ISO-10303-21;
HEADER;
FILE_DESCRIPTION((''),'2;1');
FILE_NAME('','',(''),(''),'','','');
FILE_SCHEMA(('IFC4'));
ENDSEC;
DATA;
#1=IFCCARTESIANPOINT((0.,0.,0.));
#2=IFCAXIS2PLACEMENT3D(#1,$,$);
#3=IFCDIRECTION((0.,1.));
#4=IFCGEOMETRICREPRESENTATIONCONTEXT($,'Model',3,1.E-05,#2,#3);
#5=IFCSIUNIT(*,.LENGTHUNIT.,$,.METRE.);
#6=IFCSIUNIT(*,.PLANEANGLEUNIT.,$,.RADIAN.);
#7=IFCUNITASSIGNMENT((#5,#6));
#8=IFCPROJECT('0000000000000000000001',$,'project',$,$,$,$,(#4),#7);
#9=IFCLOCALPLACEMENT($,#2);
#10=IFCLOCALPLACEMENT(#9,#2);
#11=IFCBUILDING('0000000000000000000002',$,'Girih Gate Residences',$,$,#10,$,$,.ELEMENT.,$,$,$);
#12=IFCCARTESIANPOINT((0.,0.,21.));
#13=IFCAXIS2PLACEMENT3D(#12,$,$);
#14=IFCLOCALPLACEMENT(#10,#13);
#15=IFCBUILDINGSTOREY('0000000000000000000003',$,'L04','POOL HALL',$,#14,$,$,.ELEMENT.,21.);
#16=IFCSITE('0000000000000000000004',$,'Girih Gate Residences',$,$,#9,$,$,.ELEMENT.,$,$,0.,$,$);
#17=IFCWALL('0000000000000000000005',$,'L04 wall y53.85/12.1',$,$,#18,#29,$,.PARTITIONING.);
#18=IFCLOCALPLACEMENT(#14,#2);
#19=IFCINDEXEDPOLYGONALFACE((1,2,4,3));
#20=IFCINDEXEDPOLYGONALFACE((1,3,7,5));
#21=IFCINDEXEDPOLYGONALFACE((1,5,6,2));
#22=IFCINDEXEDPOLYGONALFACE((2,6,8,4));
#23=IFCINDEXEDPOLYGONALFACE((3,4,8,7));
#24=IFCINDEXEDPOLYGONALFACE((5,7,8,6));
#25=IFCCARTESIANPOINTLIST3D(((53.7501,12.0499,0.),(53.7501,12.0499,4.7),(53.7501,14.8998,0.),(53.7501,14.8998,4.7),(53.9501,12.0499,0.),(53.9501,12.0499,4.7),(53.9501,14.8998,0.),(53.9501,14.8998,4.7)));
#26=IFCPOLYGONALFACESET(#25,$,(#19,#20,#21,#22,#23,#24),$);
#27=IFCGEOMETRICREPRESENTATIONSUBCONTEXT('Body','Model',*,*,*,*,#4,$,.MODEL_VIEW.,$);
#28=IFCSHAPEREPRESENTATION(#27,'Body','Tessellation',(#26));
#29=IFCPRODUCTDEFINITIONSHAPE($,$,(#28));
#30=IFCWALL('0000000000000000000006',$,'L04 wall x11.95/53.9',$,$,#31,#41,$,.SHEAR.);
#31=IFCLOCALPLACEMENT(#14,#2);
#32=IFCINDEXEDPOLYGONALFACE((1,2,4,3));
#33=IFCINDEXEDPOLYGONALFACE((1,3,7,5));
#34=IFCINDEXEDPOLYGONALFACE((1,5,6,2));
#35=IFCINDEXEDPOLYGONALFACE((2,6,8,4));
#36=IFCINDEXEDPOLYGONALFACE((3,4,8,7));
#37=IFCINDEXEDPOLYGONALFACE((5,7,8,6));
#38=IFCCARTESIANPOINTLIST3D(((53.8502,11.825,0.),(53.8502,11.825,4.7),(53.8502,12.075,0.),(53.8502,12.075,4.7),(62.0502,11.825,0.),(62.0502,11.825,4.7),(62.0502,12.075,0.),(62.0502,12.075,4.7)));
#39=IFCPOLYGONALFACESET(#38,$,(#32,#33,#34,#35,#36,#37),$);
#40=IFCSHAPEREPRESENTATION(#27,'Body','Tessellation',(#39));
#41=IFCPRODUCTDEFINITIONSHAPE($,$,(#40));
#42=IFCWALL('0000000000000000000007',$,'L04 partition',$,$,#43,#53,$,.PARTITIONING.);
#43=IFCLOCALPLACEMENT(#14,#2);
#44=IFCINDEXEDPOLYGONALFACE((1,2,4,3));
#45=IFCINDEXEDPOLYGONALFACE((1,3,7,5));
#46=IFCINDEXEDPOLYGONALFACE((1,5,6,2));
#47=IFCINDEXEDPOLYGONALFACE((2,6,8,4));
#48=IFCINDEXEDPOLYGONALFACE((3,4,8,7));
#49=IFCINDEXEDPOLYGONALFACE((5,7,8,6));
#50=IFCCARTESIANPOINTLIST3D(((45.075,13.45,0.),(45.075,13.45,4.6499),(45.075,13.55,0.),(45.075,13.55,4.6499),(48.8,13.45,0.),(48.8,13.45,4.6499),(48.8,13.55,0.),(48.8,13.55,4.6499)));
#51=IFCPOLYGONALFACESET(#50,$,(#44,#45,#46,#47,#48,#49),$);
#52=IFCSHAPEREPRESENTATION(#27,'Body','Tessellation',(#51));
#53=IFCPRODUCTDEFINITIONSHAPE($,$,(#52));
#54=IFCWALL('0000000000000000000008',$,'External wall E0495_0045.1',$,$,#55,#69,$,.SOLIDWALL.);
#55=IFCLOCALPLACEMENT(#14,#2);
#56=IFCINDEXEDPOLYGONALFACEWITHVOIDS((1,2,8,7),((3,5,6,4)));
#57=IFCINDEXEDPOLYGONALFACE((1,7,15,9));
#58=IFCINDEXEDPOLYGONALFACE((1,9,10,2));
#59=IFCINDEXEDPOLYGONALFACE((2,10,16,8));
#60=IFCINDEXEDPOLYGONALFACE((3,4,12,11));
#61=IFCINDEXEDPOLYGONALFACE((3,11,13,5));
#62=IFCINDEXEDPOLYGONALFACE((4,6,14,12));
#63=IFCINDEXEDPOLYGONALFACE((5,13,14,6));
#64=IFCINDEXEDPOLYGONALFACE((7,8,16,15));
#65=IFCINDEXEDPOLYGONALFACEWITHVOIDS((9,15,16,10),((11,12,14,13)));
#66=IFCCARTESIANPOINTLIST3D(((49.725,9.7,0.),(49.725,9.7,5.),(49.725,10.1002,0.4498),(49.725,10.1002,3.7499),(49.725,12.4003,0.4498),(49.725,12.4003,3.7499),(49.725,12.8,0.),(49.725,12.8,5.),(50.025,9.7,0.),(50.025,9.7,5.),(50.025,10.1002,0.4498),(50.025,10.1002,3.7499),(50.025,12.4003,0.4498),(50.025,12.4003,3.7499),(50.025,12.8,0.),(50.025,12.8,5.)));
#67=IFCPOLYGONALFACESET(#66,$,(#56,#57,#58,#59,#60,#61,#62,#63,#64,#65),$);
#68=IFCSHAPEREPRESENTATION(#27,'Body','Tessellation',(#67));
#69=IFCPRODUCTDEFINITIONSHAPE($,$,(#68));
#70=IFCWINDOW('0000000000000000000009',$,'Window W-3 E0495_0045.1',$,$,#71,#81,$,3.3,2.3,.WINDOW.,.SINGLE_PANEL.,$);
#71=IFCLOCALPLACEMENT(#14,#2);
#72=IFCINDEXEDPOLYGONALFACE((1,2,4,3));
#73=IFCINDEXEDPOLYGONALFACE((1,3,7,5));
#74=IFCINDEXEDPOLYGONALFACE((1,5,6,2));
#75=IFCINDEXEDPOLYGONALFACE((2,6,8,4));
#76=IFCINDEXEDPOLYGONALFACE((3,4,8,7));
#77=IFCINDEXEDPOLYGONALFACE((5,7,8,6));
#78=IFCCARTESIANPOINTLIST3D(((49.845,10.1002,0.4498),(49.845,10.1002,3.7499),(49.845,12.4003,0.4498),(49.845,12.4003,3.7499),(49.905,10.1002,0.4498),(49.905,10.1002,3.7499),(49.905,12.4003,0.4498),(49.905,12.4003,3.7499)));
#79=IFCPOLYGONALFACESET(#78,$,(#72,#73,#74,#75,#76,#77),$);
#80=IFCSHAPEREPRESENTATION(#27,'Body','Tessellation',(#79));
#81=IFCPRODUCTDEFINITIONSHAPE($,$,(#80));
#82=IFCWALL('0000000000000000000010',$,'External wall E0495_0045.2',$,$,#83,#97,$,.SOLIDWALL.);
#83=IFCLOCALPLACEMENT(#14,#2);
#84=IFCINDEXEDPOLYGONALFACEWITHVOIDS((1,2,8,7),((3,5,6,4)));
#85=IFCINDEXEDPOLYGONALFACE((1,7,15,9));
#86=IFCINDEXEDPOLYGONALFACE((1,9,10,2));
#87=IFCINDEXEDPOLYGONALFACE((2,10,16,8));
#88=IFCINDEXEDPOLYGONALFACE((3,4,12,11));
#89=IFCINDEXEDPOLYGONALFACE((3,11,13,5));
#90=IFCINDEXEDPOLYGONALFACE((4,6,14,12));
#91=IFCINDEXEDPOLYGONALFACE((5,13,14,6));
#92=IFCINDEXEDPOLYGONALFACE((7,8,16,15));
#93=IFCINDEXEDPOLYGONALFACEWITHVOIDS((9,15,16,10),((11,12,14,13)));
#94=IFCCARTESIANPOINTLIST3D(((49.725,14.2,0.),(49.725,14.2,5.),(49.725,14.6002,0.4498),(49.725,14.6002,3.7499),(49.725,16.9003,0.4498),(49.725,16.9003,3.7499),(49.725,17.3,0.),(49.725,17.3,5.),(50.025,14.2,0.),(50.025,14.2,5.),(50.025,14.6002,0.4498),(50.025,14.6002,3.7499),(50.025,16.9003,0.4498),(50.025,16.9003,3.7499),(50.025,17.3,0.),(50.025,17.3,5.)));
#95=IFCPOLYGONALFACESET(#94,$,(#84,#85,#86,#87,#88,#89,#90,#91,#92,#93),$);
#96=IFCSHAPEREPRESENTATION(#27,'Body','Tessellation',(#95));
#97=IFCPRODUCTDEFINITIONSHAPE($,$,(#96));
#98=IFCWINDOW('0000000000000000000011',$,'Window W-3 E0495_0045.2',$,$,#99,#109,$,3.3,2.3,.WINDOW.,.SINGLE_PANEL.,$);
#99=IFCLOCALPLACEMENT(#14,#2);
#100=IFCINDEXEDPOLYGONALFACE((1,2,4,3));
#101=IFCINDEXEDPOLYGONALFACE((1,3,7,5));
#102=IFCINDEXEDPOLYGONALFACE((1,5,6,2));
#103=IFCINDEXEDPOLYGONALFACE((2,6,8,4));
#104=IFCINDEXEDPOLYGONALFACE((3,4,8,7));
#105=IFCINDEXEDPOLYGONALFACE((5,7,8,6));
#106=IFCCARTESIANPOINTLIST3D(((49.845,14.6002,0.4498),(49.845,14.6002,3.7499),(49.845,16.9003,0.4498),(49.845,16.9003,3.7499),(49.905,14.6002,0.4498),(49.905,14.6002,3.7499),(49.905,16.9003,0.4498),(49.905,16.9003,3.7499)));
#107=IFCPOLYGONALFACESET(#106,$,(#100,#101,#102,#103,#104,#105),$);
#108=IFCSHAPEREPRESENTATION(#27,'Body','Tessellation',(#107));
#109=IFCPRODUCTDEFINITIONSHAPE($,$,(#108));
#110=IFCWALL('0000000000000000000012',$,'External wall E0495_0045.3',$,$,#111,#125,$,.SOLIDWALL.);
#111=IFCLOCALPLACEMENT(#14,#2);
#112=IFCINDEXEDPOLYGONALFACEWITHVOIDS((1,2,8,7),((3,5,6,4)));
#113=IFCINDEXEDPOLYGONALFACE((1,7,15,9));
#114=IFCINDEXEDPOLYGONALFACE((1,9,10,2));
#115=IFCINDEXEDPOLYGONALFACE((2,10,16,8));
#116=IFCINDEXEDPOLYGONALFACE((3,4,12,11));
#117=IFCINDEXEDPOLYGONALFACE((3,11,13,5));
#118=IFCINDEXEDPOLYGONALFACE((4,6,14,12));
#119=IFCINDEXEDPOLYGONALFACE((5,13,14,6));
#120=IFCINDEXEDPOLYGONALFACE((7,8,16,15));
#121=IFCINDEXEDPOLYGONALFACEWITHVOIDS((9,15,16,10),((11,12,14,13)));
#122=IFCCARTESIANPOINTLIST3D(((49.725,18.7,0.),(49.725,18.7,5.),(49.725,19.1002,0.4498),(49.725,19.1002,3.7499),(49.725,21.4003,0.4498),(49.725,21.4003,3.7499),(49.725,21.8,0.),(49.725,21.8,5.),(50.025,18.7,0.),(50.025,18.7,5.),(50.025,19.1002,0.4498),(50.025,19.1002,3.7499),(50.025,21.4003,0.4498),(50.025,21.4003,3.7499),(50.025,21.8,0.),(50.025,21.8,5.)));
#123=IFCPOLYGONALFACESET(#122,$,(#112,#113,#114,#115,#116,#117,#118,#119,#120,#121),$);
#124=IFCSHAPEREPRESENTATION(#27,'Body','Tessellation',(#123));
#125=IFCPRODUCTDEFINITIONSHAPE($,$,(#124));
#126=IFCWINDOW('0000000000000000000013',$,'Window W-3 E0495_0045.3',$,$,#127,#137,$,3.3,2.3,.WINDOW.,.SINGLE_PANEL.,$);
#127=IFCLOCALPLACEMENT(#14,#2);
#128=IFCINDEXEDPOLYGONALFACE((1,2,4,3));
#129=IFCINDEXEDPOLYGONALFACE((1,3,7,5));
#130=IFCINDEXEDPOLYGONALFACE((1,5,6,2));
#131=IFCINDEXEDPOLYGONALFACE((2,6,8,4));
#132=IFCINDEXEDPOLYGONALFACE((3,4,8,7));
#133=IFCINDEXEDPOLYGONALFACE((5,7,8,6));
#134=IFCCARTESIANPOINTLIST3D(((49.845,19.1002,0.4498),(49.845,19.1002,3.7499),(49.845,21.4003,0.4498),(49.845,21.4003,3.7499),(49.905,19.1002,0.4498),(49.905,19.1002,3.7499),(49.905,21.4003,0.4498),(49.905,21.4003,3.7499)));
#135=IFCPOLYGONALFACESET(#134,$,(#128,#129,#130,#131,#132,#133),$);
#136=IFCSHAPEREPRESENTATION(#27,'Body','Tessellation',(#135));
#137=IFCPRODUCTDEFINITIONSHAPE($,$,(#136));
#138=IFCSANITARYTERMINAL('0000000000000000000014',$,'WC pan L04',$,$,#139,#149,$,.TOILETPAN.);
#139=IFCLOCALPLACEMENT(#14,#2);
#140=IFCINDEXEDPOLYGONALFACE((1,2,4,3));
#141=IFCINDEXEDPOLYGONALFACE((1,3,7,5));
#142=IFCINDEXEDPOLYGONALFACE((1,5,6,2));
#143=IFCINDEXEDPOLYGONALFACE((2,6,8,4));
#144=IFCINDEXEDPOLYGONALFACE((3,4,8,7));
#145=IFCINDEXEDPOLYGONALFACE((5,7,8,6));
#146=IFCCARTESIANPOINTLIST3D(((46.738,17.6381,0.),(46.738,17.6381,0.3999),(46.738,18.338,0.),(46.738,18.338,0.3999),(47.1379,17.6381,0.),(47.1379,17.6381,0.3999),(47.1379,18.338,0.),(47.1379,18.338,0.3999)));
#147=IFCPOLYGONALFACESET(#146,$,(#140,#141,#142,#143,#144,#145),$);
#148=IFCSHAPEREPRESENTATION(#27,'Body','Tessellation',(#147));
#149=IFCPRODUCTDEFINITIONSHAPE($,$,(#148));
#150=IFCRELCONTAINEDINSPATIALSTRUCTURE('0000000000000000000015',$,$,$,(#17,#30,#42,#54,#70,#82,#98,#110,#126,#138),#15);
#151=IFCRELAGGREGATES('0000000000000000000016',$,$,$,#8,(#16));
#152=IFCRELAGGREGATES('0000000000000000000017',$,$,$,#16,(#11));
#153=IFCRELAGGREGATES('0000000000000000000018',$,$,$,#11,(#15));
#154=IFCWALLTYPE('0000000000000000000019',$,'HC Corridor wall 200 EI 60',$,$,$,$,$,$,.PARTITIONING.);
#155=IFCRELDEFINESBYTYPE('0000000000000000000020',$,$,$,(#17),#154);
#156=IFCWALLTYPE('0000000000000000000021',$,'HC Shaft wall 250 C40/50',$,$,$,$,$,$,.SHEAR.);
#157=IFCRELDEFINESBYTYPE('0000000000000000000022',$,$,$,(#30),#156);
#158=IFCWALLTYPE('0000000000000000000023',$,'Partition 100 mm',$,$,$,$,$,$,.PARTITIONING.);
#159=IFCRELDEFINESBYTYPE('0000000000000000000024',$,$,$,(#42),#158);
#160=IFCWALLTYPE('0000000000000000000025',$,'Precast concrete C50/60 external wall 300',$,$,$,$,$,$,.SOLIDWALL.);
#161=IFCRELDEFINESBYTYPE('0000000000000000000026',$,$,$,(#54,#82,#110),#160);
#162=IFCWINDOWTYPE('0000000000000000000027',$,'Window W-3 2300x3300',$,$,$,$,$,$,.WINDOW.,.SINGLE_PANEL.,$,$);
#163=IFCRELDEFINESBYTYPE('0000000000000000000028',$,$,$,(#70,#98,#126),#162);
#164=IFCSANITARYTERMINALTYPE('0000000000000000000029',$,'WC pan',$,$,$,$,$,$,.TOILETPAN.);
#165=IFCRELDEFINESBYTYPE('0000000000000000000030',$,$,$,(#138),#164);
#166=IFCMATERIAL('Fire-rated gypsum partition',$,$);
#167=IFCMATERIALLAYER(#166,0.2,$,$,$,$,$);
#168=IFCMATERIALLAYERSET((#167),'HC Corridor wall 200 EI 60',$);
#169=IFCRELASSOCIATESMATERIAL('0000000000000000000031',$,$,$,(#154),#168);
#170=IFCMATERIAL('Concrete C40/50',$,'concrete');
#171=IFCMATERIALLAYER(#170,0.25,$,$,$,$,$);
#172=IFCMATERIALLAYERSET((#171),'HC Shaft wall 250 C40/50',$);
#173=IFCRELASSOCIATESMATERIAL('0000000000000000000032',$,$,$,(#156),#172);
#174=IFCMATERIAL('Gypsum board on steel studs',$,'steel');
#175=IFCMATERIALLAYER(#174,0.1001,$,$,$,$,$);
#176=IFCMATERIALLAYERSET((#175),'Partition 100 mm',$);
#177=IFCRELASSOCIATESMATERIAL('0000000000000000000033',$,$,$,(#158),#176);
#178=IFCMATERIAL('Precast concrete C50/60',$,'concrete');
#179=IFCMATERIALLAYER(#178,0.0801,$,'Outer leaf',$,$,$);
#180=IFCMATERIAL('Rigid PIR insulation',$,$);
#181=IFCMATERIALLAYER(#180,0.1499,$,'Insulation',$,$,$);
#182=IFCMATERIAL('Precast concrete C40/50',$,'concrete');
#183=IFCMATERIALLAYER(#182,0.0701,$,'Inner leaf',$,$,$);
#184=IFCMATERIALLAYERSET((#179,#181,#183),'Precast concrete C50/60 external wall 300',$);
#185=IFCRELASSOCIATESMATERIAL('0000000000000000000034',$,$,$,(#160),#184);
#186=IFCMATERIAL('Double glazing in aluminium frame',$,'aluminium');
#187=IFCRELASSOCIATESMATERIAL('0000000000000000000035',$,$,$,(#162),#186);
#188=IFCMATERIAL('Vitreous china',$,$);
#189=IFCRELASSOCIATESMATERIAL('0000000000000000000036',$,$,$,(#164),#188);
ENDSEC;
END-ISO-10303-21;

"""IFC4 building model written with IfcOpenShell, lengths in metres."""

from ifc_helpers import new_model, si_unit, direction, frame, frame_2d, origin, origin_2d, place, context, subcontext, project, spatial, rectangle, extrude, material, layer, layer_set, type_object, element, fill, save


model = new_model("IFC4")

# Units and contexts
model_context = context("Model", 3, precision=1e-05, world=origin(), true_north=direction((0.0, 1.0)))
body_context = subcontext(model_context, "Body", "Model", "MODEL_VIEW")
ifc_project = project(units=[si_unit("LENGTHUNIT", "METRE"), si_unit("PLANEANGLEUNIT", "RADIAN")], contexts=[model_context])

# Site, building, storey
site_placement = place(None, origin())
site = spatial("IfcSite", under=ifc_project, at=site_placement, Name="Girih Gate Residences", CompositionType="ELEMENT", RefElevation=0.0)
building_placement = place(site_placement, origin())
building = spatial("IfcBuilding", under=site, at=building_placement, Name="Girih Gate Residences", CompositionType="ELEMENT")
storey_placement = place(building_placement, frame((0.0, 0.0, 21.0)))
storey = spatial("IfcBuildingStorey", under=building, at=storey_placement, Name="L04", Description="POOL HALL", CompositionType="ELEMENT", Elevation=21.0)

# Shared definitions
ifc_material_1 = material(Name="Concrete C40/50", Category="concrete")

# Shared definitions
ifc_material_2 = material(Name="Gypsum board on steel studs", Category="steel")

# Walls
ifc_material_3 = material(Name="Fire-rated gypsum partition")
ifc_layer_1 = layer(ifc_material_3, 0.2)
ifc_layer_set_1 = layer_set([ifc_layer_1], Name="HC Corridor wall 200 EI 60")
wall_type_1 = type_object("IfcWallType", Name="HC Corridor wall 200 EI 60", PredefinedType="PARTITIONING", material=ifc_layer_set_1)
wall_1_placement = place(storey_placement, frame((53.8501, 12.05, 0.0), z_axis=(0.0, 0.0, 1.0), x_axis=(0.0, 1.0, 0.0)))
element("IfcWall", 1, at=wall_1_placement, inside=storey, type_object=wall_type_1, Name="L04 wall y53.85/12.1", PredefinedType="PARTITIONING", context=body_context, shape_type="SweptSolid", body=[
    extrude(rectangle(XDim=2.8499, YDim=0.2, at=frame_2d((1.4248, 0.0))), origin(), (0.0, 0.0, 1.0), 4.7),
])
ifc_layer_2 = layer(ifc_material_1, 0.25)
ifc_layer_set_2 = layer_set([ifc_layer_2], Name="HC Shaft wall 250 C40/50")
wall_type_2 = type_object("IfcWallType", Name="HC Shaft wall 250 C40/50", PredefinedType="SHEAR", material=ifc_layer_set_2)
wall_2_placement = place(storey_placement, frame((53.8501, 11.95, 0.0), z_axis=(0.0, 0.0, 1.0), x_axis=(1.0, 0.0, 0.0)))
element("IfcWall", 2, at=wall_2_placement, inside=storey, type_object=wall_type_2, Name="L04 wall x11.95/53.9", PredefinedType="SHEAR", context=body_context, shape_type="SweptSolid", body=[
    extrude(rectangle(XDim=8.2, YDim=0.25, at=frame_2d((4.1001, 0.0))), origin(), (0.0, 0.0, 1.0), 4.7),
])
ifc_layer_3 = layer(ifc_material_2, 0.1001)
ifc_layer_set_3 = layer_set([ifc_layer_3], Name="Partition 100 mm")
wall_type_3 = type_object("IfcWallType", Name="Partition 100 mm", PredefinedType="PARTITIONING", material=ifc_layer_set_3)
wall_3_placement = place(storey_placement, frame((45.075, 13.5, 0.0), z_axis=(0.0, 0.0, 1.0), x_axis=(1.0, 0.0, 0.0)))
element("IfcWall", 3, at=wall_3_placement, inside=storey, type_object=wall_type_3, Name="L04 partition", PredefinedType="PARTITIONING", context=body_context, shape_type="SweptSolid", body=[
    extrude(rectangle(XDim=3.7251, YDim=0.1001, at=frame_2d((1.8625, 0.0))), origin(), (0.0, 0.0, 1.0), 4.6499),
])

# Walls, openings, windows
ifc_material_4 = material(Name="Precast concrete C50/60", Category="concrete")
ifc_layer_4 = layer(ifc_material_4, 0.0801, Name="Outer leaf")
ifc_material_5 = material(Name="Rigid PIR insulation")
ifc_layer_5 = layer(ifc_material_5, 0.1499, Name="Insulation")
ifc_material_6 = material(Name="Precast concrete C40/50", Category="concrete")
ifc_layer_6 = layer(ifc_material_6, 0.0701, Name="Inner leaf")
ifc_layer_set_4 = layer_set([ifc_layer_4, ifc_layer_5, ifc_layer_6], Name="Precast concrete C50/60 external wall 300")
wall_type_4 = type_object("IfcWallType", Name="Precast concrete C50/60 external wall 300", PredefinedType="SOLIDWALL", material=ifc_layer_set_4)
wall_4_placement = place(storey_placement, frame((49.875, 12.8, 0.0), z_axis=(0.0, 0.0, 1.0), x_axis=(0.0, -1.0, 0.0)))
wall_4 = element("IfcWall", 4, at=wall_4_placement, inside=storey, type_object=wall_type_4, Name="External wall E0495_0045.1", PredefinedType="SOLIDWALL", context=body_context, shape_type="SweptSolid", body=[
    extrude(rectangle(XDim=3.1001, YDim=0.3, at=frame_2d((1.55, 0.0))), origin(), (0.0, 0.0, 1.0), 5.0),
])
opening_1_placement = place(wall_4_placement, frame((0.3999, 0.0, 0.45)))
opening_1 = element("IfcOpeningElement", 5, at=opening_1_placement, cuts=wall_4, PredefinedType="OPENING", context=body_context, shape_type="SweptSolid", body=[
    extrude(rectangle(XDim=2.3, YDim=3.3, at=frame_2d((1.1499, 1.6499))), frame((0.0, 0.1599, 0.0), z_axis=(0.0, -1.0, 0.0), x_axis=(1.0, 0.0, 0.0)), (0.0, 0.0, 1.0), 0.3201),
])
ifc_material_7 = material(Name="Double glazing in aluminium frame", Category="aluminium")
window_type = type_object("IfcWindowType", Name="Window W-3 2300x3300", PartitioningType="SINGLE_PANEL", PredefinedType="WINDOW", material=ifc_material_7)
window_1_placement = place(opening_1_placement, origin())
window_1 = element("IfcWindow", 6, at=window_1_placement, inside=storey, type_object=window_type, Name="Window W-3 E0495_0045.1", OverallHeight=3.3, OverallWidth=2.3, PartitioningType="SINGLE_PANEL", PredefinedType="WINDOW", context=body_context, shape_type="SweptSolid", body=[
    extrude(rectangle(XDim=2.3, YDim=3.3, at=frame_2d((1.1499, 1.6499))), frame((0.0, 0.03, 0.0), z_axis=(0.0, -1.0, 0.0), x_axis=(1.0, 0.0, 0.0)), (0.0, 0.0, 1.0), 0.0601),
])
fill(opening_1, window_1)
wall_5_placement = place(storey_placement, frame((49.875, 17.3, 0.0), z_axis=(0.0, 0.0, 1.0), x_axis=(0.0, -1.0, 0.0)))
wall_5 = element("IfcWall", 7, at=wall_5_placement, inside=storey, type_object=wall_type_4, Name="External wall E0495_0045.2", PredefinedType="SOLIDWALL", context=body_context, shape_type="SweptSolid", body=[
    extrude(rectangle(XDim=3.1001, YDim=0.3, at=frame_2d((1.55, 0.0))), origin(), (0.0, 0.0, 1.0), 5.0),
])
opening_2_placement = place(wall_5_placement, frame((0.3999, 0.0, 0.45)))
opening_2 = element("IfcOpeningElement", 8, at=opening_2_placement, cuts=wall_5, PredefinedType="OPENING", context=body_context, shape_type="SweptSolid", body=[
    extrude(rectangle(XDim=2.3, YDim=3.3, at=frame_2d((1.1499, 1.6499))), frame((0.0, 0.1599, 0.0), z_axis=(0.0, -1.0, 0.0), x_axis=(1.0, 0.0, 0.0)), (0.0, 0.0, 1.0), 0.3201),
])
window_2_placement = place(opening_2_placement, origin())
window_2 = element("IfcWindow", 9, at=window_2_placement, inside=storey, type_object=window_type, Name="Window W-3 E0495_0045.2", OverallHeight=3.3, OverallWidth=2.3, PartitioningType="SINGLE_PANEL", PredefinedType="WINDOW", context=body_context, shape_type="SweptSolid", body=[
    extrude(rectangle(XDim=2.3, YDim=3.3, at=frame_2d((1.1499, 1.6499))), frame((0.0, 0.03, 0.0), z_axis=(0.0, -1.0, 0.0), x_axis=(1.0, 0.0, 0.0)), (0.0, 0.0, 1.0), 0.0601),
])
fill(opening_2, window_2)
wall_6_placement = place(storey_placement, frame((49.875, 21.8, 0.0), z_axis=(0.0, 0.0, 1.0), x_axis=(0.0, -1.0, 0.0)))
wall_6 = element("IfcWall", 10, at=wall_6_placement, inside=storey, type_object=wall_type_4, Name="External wall E0495_0045.3", PredefinedType="SOLIDWALL", context=body_context, shape_type="SweptSolid", body=[
    extrude(rectangle(XDim=3.1001, YDim=0.3, at=frame_2d((1.55, 0.0))), origin(), (0.0, 0.0, 1.0), 5.0),
])
opening_3_placement = place(wall_6_placement, frame((0.3999, 0.0, 0.45)))
opening_3 = element("IfcOpeningElement", 11, at=opening_3_placement, cuts=wall_6, PredefinedType="OPENING", context=body_context, shape_type="SweptSolid", body=[
    extrude(rectangle(XDim=2.3, YDim=3.3, at=frame_2d((1.1499, 1.6499))), frame((0.0, 0.1599, 0.0), z_axis=(0.0, -1.0, 0.0), x_axis=(1.0, 0.0, 0.0)), (0.0, 0.0, 1.0), 0.3201),
])
window_3_placement = place(opening_3_placement, origin())
window_3 = element("IfcWindow", 12, at=window_3_placement, inside=storey, type_object=window_type, Name="Window W-3 E0495_0045.3", OverallHeight=3.3, OverallWidth=2.3, PartitioningType="SINGLE_PANEL", PredefinedType="WINDOW", context=body_context, shape_type="SweptSolid", body=[
    extrude(rectangle(XDim=2.3, YDim=3.3, at=frame_2d((1.1499, 1.6499))), frame((0.0, 0.03, 0.0), z_axis=(0.0, -1.0, 0.0), x_axis=(1.0, 0.0, 0.0)), (0.0, 0.0, 1.0), 0.0601),
])
fill(opening_3, window_3)

# Sanitary terminal
ifc_material_8 = material(Name="Vitreous china")
sanitary_terminal_type = type_object("IfcSanitaryTerminalType", Name="WC pan", PredefinedType="TOILETPAN", material=ifc_material_8)
sanitary_terminal_placement = place(storey_placement, frame((46.938, 17.988, 0.0), z_axis=(0.0, 0.0, 1.0), x_axis=(1.0, 0.0, 0.0)))
element("IfcSanitaryTerminal", 13, at=sanitary_terminal_placement, inside=storey, type_object=sanitary_terminal_type, Name="WC pan L04", PredefinedType="TOILETPAN", context=body_context, shape_type="SweptSolid", body=[
    extrude(rectangle(XDim=0.3999, YDim=0.7, at=origin_2d()), origin(), (0.0, 0.0, 1.0), 0.3999),
])

save(model, "model.ifc")
